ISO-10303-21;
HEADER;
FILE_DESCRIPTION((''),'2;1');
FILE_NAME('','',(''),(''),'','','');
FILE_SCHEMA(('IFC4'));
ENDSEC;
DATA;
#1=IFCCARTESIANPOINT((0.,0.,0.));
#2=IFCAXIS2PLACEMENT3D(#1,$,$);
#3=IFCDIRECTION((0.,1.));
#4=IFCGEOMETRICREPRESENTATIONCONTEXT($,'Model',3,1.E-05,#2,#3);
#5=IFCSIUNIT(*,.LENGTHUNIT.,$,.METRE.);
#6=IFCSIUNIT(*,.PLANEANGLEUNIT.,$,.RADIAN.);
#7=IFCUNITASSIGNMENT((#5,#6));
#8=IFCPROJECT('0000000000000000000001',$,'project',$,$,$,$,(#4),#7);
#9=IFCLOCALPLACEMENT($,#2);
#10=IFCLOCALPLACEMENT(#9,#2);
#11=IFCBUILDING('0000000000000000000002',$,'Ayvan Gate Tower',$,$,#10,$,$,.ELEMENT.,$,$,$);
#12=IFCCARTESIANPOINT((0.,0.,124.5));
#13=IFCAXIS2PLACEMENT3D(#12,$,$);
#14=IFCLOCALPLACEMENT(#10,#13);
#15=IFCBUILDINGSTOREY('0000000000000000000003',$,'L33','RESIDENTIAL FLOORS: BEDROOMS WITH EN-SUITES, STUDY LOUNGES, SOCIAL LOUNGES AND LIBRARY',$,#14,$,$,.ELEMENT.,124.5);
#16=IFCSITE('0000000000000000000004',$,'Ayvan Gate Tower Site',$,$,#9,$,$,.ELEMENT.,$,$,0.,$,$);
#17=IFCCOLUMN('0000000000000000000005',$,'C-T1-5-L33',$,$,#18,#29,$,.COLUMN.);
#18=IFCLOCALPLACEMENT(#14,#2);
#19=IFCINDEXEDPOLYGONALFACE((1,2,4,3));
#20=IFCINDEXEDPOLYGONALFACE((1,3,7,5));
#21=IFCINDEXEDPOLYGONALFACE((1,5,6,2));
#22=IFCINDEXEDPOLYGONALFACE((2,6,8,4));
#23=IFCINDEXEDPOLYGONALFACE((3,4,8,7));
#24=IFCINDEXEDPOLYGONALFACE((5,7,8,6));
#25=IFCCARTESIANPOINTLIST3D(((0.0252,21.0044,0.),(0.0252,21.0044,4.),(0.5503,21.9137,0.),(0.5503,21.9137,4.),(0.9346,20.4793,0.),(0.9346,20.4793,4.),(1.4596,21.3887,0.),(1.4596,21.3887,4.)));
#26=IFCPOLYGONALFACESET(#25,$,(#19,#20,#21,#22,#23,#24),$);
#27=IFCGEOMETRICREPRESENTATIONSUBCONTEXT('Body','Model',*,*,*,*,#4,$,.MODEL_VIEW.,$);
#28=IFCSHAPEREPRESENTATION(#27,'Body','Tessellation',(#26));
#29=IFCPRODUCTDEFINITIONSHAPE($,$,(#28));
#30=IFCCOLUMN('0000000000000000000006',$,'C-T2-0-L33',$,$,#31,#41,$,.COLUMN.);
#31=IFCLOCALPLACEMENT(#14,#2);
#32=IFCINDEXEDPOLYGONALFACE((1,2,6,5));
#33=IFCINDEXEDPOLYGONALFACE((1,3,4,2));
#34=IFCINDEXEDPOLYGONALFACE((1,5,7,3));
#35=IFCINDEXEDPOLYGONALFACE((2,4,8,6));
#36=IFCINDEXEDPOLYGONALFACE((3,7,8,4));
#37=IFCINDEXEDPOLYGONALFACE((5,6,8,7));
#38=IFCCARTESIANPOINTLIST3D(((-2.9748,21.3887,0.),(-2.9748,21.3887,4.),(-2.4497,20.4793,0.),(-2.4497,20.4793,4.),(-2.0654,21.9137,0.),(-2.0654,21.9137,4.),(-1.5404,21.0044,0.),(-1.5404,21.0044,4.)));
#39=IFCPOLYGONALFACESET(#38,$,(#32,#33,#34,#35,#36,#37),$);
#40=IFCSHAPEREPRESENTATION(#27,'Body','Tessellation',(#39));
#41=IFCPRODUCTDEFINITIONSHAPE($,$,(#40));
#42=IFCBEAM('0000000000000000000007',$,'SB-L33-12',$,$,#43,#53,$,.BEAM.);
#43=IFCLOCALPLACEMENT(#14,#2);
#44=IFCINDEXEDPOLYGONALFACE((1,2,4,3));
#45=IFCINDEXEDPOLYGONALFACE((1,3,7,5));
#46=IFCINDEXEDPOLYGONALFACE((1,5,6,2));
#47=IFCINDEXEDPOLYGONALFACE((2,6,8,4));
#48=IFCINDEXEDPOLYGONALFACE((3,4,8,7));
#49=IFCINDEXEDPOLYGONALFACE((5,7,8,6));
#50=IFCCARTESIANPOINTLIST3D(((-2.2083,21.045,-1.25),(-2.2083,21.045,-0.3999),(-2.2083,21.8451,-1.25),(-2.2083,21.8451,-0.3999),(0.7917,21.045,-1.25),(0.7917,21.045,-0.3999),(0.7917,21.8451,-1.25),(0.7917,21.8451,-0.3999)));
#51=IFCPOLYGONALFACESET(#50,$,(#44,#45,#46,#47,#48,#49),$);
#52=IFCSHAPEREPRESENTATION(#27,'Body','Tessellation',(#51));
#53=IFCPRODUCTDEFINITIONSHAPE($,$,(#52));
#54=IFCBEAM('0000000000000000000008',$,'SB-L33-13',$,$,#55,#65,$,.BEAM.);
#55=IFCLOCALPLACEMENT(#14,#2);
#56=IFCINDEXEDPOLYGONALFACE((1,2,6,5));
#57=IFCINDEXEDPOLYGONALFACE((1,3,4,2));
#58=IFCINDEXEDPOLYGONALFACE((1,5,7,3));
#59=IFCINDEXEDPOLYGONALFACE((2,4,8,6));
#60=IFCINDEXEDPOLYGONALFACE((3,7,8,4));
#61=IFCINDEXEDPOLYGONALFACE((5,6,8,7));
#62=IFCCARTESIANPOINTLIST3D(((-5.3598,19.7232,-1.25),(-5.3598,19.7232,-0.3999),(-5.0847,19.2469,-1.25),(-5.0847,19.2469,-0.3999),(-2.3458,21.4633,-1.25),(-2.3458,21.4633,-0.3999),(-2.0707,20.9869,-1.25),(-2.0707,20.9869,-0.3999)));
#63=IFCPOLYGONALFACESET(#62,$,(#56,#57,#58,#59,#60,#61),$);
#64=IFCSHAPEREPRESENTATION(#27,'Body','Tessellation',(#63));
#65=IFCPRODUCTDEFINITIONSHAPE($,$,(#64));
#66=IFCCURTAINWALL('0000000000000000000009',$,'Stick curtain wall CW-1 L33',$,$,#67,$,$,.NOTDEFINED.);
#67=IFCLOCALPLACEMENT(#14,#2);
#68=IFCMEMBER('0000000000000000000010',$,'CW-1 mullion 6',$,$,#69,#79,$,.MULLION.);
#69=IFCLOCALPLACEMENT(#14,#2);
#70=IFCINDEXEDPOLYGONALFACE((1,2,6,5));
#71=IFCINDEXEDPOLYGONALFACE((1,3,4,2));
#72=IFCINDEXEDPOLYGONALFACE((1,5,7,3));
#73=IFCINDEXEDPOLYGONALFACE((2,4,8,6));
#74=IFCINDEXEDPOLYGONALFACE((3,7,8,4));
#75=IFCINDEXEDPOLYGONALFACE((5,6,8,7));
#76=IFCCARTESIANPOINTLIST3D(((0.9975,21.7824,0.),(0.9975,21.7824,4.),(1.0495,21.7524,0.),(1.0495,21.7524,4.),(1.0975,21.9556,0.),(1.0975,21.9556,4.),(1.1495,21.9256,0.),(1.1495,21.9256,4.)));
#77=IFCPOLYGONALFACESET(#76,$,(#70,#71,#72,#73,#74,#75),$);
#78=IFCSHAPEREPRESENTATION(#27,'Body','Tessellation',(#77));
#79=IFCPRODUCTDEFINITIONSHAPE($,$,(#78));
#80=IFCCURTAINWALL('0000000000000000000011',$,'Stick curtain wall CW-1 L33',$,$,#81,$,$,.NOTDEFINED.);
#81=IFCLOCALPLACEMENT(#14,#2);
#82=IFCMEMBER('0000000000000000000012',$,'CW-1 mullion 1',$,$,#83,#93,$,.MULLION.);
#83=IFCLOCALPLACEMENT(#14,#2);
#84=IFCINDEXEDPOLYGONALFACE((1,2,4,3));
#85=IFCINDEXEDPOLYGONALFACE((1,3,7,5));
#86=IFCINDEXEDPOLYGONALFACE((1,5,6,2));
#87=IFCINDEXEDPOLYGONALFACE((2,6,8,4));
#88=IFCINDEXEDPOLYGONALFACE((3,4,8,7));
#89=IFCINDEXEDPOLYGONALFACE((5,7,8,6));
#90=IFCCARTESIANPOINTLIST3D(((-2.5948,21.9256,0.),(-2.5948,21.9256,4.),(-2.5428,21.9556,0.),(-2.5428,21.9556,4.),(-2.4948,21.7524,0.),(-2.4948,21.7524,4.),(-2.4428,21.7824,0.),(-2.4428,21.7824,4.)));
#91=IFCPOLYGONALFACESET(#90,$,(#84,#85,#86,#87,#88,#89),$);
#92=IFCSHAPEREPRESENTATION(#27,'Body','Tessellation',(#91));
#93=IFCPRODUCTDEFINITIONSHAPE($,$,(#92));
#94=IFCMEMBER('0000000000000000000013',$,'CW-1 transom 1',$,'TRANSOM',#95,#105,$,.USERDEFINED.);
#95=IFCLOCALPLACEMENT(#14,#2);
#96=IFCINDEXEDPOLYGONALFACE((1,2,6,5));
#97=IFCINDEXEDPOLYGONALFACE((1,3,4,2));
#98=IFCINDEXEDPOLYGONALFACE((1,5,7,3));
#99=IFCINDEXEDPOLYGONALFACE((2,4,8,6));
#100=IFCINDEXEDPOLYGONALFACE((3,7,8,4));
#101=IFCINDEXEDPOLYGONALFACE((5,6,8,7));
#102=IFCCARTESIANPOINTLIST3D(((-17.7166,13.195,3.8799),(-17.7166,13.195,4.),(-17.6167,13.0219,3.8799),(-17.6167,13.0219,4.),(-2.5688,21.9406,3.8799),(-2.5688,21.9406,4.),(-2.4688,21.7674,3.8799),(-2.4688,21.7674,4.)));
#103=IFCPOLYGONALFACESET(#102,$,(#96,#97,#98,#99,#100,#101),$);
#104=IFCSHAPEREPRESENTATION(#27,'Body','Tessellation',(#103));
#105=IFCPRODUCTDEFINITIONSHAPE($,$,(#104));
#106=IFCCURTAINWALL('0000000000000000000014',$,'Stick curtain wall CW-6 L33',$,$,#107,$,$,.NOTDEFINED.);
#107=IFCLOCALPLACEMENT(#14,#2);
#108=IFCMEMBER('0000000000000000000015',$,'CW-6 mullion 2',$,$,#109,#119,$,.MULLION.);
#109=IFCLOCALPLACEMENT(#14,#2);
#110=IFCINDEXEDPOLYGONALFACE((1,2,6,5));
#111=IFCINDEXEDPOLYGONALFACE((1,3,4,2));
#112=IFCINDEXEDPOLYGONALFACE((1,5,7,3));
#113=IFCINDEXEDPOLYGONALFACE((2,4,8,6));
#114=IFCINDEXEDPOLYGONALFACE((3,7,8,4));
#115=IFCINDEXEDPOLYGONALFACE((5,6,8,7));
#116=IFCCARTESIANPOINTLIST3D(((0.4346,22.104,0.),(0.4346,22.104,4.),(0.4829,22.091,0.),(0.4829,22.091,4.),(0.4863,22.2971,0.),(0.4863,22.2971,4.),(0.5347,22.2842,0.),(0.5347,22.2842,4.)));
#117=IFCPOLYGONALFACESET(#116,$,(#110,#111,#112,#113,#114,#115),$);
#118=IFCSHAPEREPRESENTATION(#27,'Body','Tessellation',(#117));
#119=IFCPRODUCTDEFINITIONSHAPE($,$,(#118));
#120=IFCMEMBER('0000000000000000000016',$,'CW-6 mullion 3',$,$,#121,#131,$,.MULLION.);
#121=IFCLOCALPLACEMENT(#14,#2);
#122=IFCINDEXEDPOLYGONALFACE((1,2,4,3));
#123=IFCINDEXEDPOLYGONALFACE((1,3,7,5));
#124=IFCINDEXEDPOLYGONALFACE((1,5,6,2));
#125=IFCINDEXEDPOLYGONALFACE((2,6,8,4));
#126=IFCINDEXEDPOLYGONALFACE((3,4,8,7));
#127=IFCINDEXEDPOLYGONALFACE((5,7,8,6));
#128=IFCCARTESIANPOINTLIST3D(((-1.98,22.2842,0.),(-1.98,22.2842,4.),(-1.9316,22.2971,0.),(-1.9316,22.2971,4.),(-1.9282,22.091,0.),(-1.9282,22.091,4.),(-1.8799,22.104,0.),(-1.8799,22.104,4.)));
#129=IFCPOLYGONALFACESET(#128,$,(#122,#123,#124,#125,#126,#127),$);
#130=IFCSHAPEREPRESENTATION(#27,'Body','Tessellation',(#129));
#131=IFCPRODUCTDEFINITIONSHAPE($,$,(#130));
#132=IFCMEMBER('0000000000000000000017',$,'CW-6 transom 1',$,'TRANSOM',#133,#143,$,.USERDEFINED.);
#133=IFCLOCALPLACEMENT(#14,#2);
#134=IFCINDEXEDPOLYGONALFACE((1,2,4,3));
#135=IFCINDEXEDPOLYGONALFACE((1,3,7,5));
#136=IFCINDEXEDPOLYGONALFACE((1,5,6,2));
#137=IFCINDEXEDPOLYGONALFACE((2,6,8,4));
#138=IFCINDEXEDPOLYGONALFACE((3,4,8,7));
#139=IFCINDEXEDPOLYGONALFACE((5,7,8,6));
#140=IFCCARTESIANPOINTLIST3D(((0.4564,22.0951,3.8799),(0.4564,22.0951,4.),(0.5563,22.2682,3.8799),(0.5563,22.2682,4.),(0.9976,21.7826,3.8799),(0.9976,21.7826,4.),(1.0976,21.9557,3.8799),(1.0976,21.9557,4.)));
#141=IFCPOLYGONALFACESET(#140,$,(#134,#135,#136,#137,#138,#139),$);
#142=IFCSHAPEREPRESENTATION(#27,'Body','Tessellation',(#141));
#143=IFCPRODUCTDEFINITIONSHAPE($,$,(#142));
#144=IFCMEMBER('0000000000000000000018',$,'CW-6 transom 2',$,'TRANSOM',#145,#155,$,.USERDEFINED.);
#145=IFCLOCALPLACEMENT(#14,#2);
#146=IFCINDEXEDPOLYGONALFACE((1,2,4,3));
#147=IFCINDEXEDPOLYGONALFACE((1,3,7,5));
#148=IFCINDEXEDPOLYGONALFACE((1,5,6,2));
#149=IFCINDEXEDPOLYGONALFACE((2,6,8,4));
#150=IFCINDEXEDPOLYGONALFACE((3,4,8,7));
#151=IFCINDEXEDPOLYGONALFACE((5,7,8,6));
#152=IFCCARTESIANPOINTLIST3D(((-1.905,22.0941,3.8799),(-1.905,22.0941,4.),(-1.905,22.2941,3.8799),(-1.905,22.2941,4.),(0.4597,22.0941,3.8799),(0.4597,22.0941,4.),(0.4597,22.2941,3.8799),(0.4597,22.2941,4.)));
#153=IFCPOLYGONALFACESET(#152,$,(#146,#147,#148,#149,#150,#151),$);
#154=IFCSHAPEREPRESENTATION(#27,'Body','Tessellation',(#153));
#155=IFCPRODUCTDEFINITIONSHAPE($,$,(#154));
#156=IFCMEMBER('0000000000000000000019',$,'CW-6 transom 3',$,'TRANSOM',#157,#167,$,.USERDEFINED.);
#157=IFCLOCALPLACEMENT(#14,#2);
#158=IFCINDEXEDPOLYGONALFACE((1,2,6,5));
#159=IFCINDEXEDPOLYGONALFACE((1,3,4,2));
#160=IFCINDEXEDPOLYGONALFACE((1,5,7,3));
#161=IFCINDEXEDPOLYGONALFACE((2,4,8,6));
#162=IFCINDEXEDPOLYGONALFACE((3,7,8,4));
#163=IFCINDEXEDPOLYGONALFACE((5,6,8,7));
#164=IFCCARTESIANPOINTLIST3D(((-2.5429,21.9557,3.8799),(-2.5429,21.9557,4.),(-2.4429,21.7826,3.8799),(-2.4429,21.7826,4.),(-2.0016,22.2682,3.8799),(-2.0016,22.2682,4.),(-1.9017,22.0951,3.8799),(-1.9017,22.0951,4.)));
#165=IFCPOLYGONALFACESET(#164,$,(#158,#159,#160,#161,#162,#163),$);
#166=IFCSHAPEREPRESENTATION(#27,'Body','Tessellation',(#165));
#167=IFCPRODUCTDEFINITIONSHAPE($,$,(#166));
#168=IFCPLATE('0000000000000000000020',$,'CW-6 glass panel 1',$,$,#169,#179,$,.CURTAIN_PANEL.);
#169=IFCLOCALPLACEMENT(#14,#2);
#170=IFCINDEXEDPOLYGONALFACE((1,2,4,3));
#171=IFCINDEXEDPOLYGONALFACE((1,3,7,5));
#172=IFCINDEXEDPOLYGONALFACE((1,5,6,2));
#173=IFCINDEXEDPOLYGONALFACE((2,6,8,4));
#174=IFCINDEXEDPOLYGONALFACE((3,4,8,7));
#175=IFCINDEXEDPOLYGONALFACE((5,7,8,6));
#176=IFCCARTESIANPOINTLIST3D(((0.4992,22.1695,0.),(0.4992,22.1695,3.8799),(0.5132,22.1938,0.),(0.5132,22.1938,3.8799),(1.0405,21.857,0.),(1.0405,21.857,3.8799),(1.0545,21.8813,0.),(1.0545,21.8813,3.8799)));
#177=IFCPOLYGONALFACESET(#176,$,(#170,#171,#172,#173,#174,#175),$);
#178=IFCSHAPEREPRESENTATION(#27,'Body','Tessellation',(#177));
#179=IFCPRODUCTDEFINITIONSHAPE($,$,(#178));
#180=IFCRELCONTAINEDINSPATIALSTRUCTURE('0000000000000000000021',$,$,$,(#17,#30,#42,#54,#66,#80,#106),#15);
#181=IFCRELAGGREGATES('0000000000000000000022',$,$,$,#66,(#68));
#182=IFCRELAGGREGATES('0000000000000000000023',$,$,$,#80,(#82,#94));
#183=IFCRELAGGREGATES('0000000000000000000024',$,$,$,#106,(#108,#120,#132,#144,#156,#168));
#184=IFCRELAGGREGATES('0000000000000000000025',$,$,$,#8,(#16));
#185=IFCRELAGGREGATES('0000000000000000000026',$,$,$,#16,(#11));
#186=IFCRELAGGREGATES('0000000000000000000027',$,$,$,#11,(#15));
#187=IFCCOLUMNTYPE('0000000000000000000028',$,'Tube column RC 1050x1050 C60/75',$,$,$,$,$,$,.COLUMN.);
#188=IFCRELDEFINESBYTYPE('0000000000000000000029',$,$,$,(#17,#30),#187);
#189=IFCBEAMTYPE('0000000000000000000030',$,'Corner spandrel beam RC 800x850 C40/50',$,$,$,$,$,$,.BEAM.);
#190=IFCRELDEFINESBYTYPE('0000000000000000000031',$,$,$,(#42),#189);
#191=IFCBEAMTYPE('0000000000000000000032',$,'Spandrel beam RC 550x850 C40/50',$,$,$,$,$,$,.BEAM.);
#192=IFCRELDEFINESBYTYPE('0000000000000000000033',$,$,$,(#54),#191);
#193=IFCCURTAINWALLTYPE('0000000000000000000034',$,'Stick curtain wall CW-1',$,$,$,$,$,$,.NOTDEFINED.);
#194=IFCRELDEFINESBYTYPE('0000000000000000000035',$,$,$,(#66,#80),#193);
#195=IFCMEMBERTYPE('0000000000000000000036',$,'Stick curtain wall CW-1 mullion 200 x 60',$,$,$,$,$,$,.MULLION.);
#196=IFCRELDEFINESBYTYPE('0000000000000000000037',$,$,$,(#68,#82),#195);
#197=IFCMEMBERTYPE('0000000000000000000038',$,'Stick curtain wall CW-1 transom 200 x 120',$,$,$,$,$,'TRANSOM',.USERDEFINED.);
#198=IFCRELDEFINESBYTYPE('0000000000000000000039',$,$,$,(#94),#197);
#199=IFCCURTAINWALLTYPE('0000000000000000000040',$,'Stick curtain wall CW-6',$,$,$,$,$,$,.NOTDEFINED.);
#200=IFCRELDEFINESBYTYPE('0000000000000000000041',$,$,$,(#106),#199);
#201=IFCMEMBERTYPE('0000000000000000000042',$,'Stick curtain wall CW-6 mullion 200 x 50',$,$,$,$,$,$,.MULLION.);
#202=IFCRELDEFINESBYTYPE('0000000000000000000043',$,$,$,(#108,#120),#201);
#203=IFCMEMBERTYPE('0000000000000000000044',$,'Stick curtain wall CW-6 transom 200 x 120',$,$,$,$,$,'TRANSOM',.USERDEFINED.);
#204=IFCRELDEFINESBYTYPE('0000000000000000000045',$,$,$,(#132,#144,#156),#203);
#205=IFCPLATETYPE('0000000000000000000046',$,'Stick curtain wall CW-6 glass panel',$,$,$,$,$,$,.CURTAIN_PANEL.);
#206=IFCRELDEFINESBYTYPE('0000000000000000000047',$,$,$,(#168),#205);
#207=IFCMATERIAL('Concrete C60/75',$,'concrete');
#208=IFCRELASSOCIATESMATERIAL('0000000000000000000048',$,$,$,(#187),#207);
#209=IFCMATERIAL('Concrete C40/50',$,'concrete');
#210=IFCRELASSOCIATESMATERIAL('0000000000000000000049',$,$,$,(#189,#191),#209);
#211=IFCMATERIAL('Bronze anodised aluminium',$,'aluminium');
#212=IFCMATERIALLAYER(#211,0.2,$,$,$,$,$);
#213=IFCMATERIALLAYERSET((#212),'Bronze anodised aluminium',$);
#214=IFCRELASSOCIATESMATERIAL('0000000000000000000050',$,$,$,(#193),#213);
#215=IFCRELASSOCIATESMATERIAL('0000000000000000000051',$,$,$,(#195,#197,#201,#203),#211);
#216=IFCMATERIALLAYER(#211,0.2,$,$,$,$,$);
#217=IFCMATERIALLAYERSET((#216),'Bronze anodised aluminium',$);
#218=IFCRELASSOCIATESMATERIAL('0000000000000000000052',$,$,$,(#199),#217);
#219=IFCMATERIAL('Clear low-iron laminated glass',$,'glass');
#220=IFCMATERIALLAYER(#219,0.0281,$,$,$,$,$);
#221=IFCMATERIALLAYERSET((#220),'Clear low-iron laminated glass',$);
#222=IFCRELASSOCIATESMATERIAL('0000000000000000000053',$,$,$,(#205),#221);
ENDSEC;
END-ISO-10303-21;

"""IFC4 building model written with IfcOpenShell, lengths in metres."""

from ifc_helpers import new_model, si_unit, direction, frame, origin, origin_2d, place, context, subcontext, project, spatial, rectangle, extrude, material, layer, layer_set, material_profile, profile_set, type_object, element, aggregate, save


model = new_model("IFC4")

# Units and contexts
model_context = context("Model", 3, precision=1e-05, world=origin(), true_north=direction((0.0, 1.0)))
body_context = subcontext(model_context, "Body", "Model", "MODEL_VIEW")
ifc_project = project(units=[si_unit("LENGTHUNIT", "METRE"), si_unit("PLANEANGLEUNIT", "RADIAN")], contexts=[model_context])

# Site, building, storey
site_placement = place(None, origin())
site = spatial("IfcSite", under=ifc_project, at=site_placement, Name="Ayvan Gate Tower Site", CompositionType="ELEMENT", RefElevation=0.0)
building_placement = place(site_placement, origin())
building = spatial("IfcBuilding", under=site, at=building_placement, Name="Ayvan Gate Tower", CompositionType="ELEMENT")
storey_placement = place(building_placement, frame((0.0, 0.0, 124.5)))
storey = spatial("IfcBuildingStorey", under=building, at=storey_placement, Name="L33", Description="RESIDENTIAL FLOORS: BEDROOMS WITH EN-SUITES, STUDY LOUNGES, SOCIAL LOUNGES AND LIBRARY", CompositionType="ELEMENT", Elevation=124.5)

# Columns
ifc_material_1 = material(Name="Concrete C60/75", Category="concrete")
ifc_material_profile_1 = material_profile(ifc_material_1, rectangle(XDim=1.05, YDim=1.05, at=origin_2d()), Name="RC 1050x1050")
ifc_profile_set_1 = profile_set([ifc_material_profile_1], Name="Concrete C60/75")
column_type = type_object("IfcColumnType", Name="Tube column RC 1050x1050 C60/75", PredefinedType="COLUMN", material=ifc_profile_set_1)
for number, where, z_axis, x_axis, name in (
    (1, (0.7424, 21.1965, 0.0), (0.0, 0.0, 1.0), (0.5, 0.866025, 0.0), "C-T1-5-L33"),
    (2, (-2.2576, 21.1965, 0.0), (0.0, 0.0, 1.0), (-0.5, 0.866025, 0.0), "C-T2-0-L33"),
):
    element("IfcColumn", number, at=place(storey_placement, frame(where, z_axis=z_axis, x_axis=x_axis)), inside=storey, type_object=column_type, Name=name, PredefinedType="COLUMN", context=body_context, shape_type="SweptSolid", body=[
        extrude(rectangle(XDim=1.05, YDim=1.05, at=origin_2d()), origin(), (0.0, 0.0, 1.0), 4.0),
    ])

# Beams
ifc_material_2 = material(Name="Concrete C40/50", Category="concrete")
ifc_material_profile_2 = material_profile(ifc_material_2, rectangle(XDim=0.8, YDim=0.8501, at=origin_2d()), Name="RC 800x850")
ifc_profile_set_2 = profile_set([ifc_material_profile_2], Name="Concrete C40/50")
beam_type_1 = type_object("IfcBeamType", Name="Corner spandrel beam RC 800x850 C40/50", PredefinedType="BEAM", material=ifc_profile_set_2)
beam_1_placement = place(storey_placement, frame((0.7917, 21.4451, -0.825), z_axis=(-1.0, 0.0, 0.0), x_axis=(0.0, -1.0, 0.0)))
element("IfcBeam", 3, at=beam_1_placement, inside=storey, type_object=beam_type_1, Name="SB-L33-12", PredefinedType="BEAM", context=body_context, shape_type="SweptSolid", body=[
    extrude(rectangle(XDim=0.8, YDim=0.8501, at=origin_2d()), origin(), (0.0, 0.0, 1.0), 3.0),
])
ifc_material_profile_3 = material_profile(ifc_material_2, rectangle(XDim=0.55, YDim=0.8501, at=origin_2d()), Name="RC 550x850")
ifc_profile_set_3 = profile_set([ifc_material_profile_3], Name="Concrete C40/50")
beam_type_2 = type_object("IfcBeamType", Name="Spandrel beam RC 550x850 C40/50", PredefinedType="BEAM", material=ifc_profile_set_3)
beam_2_placement = place(storey_placement, frame((-2.2083, 21.2251, -0.825), z_axis=(-0.866037, -0.49998, 0.0), x_axis=(0.49998, -0.866037, 0.0)))
element("IfcBeam", 4, at=beam_2_placement, inside=storey, type_object=beam_type_2, Name="SB-L33-13", PredefinedType="BEAM", context=body_context, shape_type="SweptSolid", body=[
    extrude(rectangle(XDim=0.55, YDim=0.8501, at=origin_2d()), origin(), (0.0, 0.0, 1.0), 3.4802),
])

# Curtain wall, member
ifc_material_3 = material(Name="Bronze anodised aluminium", Category="aluminium")
ifc_layer_1 = layer(ifc_material_3, 0.2)
ifc_layer_set_1 = layer_set([ifc_layer_1], Name="Bronze anodised aluminium")
curtain_wall_type_1 = type_object("IfcCurtainWallType", Name="Stick curtain wall CW-1", PredefinedType="NOTDEFINED", material=ifc_layer_set_1)
curtain_wall_1_placement = place(storey_placement, origin())
curtain_wall_1 = element("IfcCurtainWall", 5, at=curtain_wall_1_placement, inside=storey, type_object=curtain_wall_type_1, Name="Stick curtain wall CW-1 L33", PredefinedType="NOTDEFINED")
ifc_material_profile_4 = material_profile(ifc_material_3, rectangle(XDim=0.2, YDim=0.0601, at=origin_2d()), Name="Stick curtain wall CW-1 mullion 200 x 60")
ifc_profile_set_4 = profile_set([ifc_material_profile_4], Name="Bronze anodised aluminium")
member_type_1 = type_object("IfcMemberType", Name="Stick curtain wall CW-1 mullion 200 x 60", PredefinedType="MULLION", material=ifc_profile_set_4)
member_1_placement = place(storey_placement, frame((1.0735, 21.854, 0.0), z_axis=(0.0, 0.0, 1.0), x_axis=(0.5, 0.866025, 0.0)))
member_1 = element("IfcMember", 6, at=member_1_placement, type_object=member_type_1, Name="CW-1 mullion 6", PredefinedType="MULLION", context=body_context, shape_type="SweptSolid", body=[
    extrude(rectangle(XDim=0.2, YDim=0.0601, at=origin_2d()), origin(), (0.0, 0.0, 1.0), 4.0),
])
aggregate(curtain_wall_1, [member_1])

# Curtain wall, members
curtain_wall_2_placement = place(storey_placement, origin())
curtain_wall_2 = element("IfcCurtainWall", 7, at=curtain_wall_2_placement, inside=storey, type_object=curtain_wall_type_1, Name="Stick curtain wall CW-1 L33", PredefinedType="NOTDEFINED")
member_2_placement = place(storey_placement, frame((-2.5188, 21.854, 0.0), z_axis=(0.0, 0.0, 1.0), x_axis=(-0.5, 0.866025, 0.0)))
member_2 = element("IfcMember", 8, at=member_2_placement, type_object=member_type_1, Name="CW-1 mullion 1", PredefinedType="MULLION", context=body_context, shape_type="SweptSolid", body=[
    extrude(rectangle(XDim=0.2, YDim=0.0601, at=origin_2d()), origin(), (0.0, 0.0, 1.0), 4.0),
])
ifc_material_profile_5 = material_profile(ifc_material_3, rectangle(XDim=0.2, YDim=0.1201, at=origin_2d()), Name="Stick curtain wall CW-1 transom 200 x 120")
ifc_profile_set_5 = profile_set([ifc_material_profile_5], Name="Bronze anodised aluminium")
member_type_2 = type_object("IfcMemberType", Name="Stick curtain wall CW-1 transom 200 x 120", ElementType="TRANSOM", PredefinedType="USERDEFINED", material=ifc_profile_set_5)
member_3_placement = place(storey_placement, frame((-2.5188, 21.854, 3.9399), z_axis=(-0.866027, -0.499997, 0.0), x_axis=(0.499997, -0.866027, 0.0)))
member_3 = element("IfcMember", 9, at=member_3_placement, type_object=member_type_2, Name="CW-1 transom 1", ObjectType="TRANSOM", PredefinedType="USERDEFINED", context=body_context, shape_type="SweptSolid", body=[
    extrude(rectangle(XDim=0.2, YDim=0.1201, at=origin_2d()), origin(), (0.0, 0.0, 1.0), 17.4912),
])
aggregate(curtain_wall_2, [member_2, member_3])

# Curtain wall, members, plate
ifc_layer_2 = layer(ifc_material_3, 0.2)
ifc_layer_set_2 = layer_set([ifc_layer_2], Name="Bronze anodised aluminium")
curtain_wall_type_2 = type_object("IfcCurtainWallType", Name="Stick curtain wall CW-6", PredefinedType="NOTDEFINED", material=ifc_layer_set_2)
curtain_wall_3_placement = place(storey_placement, origin())
curtain_wall_3 = element("IfcCurtainWall", 10, at=curtain_wall_3_placement, inside=storey, type_object=curtain_wall_type_2, Name="Stick curtain wall CW-6 L33", PredefinedType="NOTDEFINED")
ifc_material_profile_6 = material_profile(ifc_material_3, rectangle(XDim=0.2, YDim=0.05, at=origin_2d()), Name="Stick curtain wall CW-6 mullion 200 x 50")
ifc_profile_set_6 = profile_set([ifc_material_profile_6], Name="Bronze anodised aluminium")
member_type_3 = type_object("IfcMemberType", Name="Stick curtain wall CW-6 mullion 200 x 50", PredefinedType="MULLION", material=ifc_profile_set_6)
member_4_placement = place(storey_placement, frame((0.4846, 22.1941, 0.0), z_axis=(0.0, 0.0, 1.0), x_axis=(0.258819, 0.965926, 0.0)))
member_4 = element("IfcMember", 11, at=member_4_placement, type_object=member_type_3, Name="CW-6 mullion 2", PredefinedType="MULLION", context=body_context, shape_type="SweptSolid", body=[
    extrude(rectangle(XDim=0.2, YDim=0.05, at=origin_2d()), origin(), (0.0, 0.0, 1.0), 4.0),
])
member_5_placement = place(storey_placement, frame((-1.9299, 22.1941, 0.0), z_axis=(0.0, 0.0, 1.0), x_axis=(-0.258819, 0.965926, 0.0)))
member_5 = element("IfcMember", 12, at=member_5_placement, type_object=member_type_3, Name="CW-6 mullion 3", PredefinedType="MULLION", context=body_context, shape_type="SweptSolid", body=[
    extrude(rectangle(XDim=0.2, YDim=0.05, at=origin_2d()), origin(), (0.0, 0.0, 1.0), 4.0),
])
ifc_material_profile_7 = material_profile(ifc_material_3, rectangle(XDim=0.2, YDim=0.1201, at=origin_2d()), Name="Stick curtain wall CW-6 transom 200 x 120")
ifc_profile_set_7 = profile_set([ifc_material_profile_7], Name="Bronze anodised aluminium")
member_type_4 = type_object("IfcMemberType", Name="Stick curtain wall CW-6 transom 200 x 120", ElementType="TRANSOM", PredefinedType="USERDEFINED", material=ifc_profile_set_7)
member_6_placement = place(storey_placement, frame((1.0476, 21.8691, 3.9399), z_axis=(-0.866023, 0.500004, 0.0), x_axis=(-0.500004, -0.866023, 0.0)))
member_6 = element("IfcMember", 13, at=member_6_placement, type_object=member_type_4, Name="CW-6 transom 1", ObjectType="TRANSOM", PredefinedType="USERDEFINED", context=body_context, shape_type="SweptSolid", body=[
    extrude(rectangle(XDim=0.2, YDim=0.1201, at=origin_2d()), origin(), (0.0, 0.0, 1.0), 0.625),
])
member_7_placement = place(storey_placement, frame((0.4597, 22.1941, 3.9399), z_axis=(-1.0, 0.0, 0.0), x_axis=(0.0, -1.0, 0.0)))
member_7 = element("IfcMember", 14, at=member_7_placement, type_object=member_type_4, Name="CW-6 transom 2", ObjectType="TRANSOM", PredefinedType="USERDEFINED", context=body_context, shape_type="SweptSolid", body=[
    extrude(rectangle(XDim=0.2, YDim=0.1201, at=origin_2d()), origin(), (0.0, 0.0, 1.0), 2.3647),
])
member_8_placement = place(storey_placement, frame((-1.9517, 22.1816, 3.9399), z_axis=(-0.866023, -0.500004, 0.0), x_axis=(0.500004, -0.866023, 0.0)))
member_8 = element("IfcMember", 15, at=member_8_placement, type_object=member_type_4, Name="CW-6 transom 3", ObjectType="TRANSOM", PredefinedType="USERDEFINED", context=body_context, shape_type="SweptSolid", body=[
    extrude(rectangle(XDim=0.2, YDim=0.1201, at=origin_2d()), origin(), (0.0, 0.0, 1.0), 0.625),
])
ifc_material_4 = material(Name="Clear low-iron laminated glass", Category="glass")
ifc_layer_3 = layer(ifc_material_4, 0.0281)
ifc_layer_set_3 = layer_set([ifc_layer_3], Name="Clear low-iron laminated glass")
plate_type = type_object("IfcPlateType", Name="Stick curtain wall CW-6 glass panel", PredefinedType="CURTAIN_PANEL", material=ifc_layer_set_3)
plate_1_placement = place(storey_placement, frame((0.7769, 22.0254, 0.0), z_axis=(0.0, 0.0, 1.0), x_axis=(-0.866025, 0.5, 0.0)))
plate_1 = element("IfcPlate", 16, at=plate_1_placement, type_object=plate_type, Name="CW-6 glass panel 1", PredefinedType="CURTAIN_PANEL", context=body_context, shape_type="SweptSolid", body=[
    extrude(rectangle(XDim=0.625, YDim=0.0281, at=origin_2d()), origin(), (0.0, 0.0, 1.0), 3.8799),
])
aggregate(curtain_wall_3, [member_4, member_5, member_6, member_7, member_8, plate_1])

save(model, "model.ifc")
